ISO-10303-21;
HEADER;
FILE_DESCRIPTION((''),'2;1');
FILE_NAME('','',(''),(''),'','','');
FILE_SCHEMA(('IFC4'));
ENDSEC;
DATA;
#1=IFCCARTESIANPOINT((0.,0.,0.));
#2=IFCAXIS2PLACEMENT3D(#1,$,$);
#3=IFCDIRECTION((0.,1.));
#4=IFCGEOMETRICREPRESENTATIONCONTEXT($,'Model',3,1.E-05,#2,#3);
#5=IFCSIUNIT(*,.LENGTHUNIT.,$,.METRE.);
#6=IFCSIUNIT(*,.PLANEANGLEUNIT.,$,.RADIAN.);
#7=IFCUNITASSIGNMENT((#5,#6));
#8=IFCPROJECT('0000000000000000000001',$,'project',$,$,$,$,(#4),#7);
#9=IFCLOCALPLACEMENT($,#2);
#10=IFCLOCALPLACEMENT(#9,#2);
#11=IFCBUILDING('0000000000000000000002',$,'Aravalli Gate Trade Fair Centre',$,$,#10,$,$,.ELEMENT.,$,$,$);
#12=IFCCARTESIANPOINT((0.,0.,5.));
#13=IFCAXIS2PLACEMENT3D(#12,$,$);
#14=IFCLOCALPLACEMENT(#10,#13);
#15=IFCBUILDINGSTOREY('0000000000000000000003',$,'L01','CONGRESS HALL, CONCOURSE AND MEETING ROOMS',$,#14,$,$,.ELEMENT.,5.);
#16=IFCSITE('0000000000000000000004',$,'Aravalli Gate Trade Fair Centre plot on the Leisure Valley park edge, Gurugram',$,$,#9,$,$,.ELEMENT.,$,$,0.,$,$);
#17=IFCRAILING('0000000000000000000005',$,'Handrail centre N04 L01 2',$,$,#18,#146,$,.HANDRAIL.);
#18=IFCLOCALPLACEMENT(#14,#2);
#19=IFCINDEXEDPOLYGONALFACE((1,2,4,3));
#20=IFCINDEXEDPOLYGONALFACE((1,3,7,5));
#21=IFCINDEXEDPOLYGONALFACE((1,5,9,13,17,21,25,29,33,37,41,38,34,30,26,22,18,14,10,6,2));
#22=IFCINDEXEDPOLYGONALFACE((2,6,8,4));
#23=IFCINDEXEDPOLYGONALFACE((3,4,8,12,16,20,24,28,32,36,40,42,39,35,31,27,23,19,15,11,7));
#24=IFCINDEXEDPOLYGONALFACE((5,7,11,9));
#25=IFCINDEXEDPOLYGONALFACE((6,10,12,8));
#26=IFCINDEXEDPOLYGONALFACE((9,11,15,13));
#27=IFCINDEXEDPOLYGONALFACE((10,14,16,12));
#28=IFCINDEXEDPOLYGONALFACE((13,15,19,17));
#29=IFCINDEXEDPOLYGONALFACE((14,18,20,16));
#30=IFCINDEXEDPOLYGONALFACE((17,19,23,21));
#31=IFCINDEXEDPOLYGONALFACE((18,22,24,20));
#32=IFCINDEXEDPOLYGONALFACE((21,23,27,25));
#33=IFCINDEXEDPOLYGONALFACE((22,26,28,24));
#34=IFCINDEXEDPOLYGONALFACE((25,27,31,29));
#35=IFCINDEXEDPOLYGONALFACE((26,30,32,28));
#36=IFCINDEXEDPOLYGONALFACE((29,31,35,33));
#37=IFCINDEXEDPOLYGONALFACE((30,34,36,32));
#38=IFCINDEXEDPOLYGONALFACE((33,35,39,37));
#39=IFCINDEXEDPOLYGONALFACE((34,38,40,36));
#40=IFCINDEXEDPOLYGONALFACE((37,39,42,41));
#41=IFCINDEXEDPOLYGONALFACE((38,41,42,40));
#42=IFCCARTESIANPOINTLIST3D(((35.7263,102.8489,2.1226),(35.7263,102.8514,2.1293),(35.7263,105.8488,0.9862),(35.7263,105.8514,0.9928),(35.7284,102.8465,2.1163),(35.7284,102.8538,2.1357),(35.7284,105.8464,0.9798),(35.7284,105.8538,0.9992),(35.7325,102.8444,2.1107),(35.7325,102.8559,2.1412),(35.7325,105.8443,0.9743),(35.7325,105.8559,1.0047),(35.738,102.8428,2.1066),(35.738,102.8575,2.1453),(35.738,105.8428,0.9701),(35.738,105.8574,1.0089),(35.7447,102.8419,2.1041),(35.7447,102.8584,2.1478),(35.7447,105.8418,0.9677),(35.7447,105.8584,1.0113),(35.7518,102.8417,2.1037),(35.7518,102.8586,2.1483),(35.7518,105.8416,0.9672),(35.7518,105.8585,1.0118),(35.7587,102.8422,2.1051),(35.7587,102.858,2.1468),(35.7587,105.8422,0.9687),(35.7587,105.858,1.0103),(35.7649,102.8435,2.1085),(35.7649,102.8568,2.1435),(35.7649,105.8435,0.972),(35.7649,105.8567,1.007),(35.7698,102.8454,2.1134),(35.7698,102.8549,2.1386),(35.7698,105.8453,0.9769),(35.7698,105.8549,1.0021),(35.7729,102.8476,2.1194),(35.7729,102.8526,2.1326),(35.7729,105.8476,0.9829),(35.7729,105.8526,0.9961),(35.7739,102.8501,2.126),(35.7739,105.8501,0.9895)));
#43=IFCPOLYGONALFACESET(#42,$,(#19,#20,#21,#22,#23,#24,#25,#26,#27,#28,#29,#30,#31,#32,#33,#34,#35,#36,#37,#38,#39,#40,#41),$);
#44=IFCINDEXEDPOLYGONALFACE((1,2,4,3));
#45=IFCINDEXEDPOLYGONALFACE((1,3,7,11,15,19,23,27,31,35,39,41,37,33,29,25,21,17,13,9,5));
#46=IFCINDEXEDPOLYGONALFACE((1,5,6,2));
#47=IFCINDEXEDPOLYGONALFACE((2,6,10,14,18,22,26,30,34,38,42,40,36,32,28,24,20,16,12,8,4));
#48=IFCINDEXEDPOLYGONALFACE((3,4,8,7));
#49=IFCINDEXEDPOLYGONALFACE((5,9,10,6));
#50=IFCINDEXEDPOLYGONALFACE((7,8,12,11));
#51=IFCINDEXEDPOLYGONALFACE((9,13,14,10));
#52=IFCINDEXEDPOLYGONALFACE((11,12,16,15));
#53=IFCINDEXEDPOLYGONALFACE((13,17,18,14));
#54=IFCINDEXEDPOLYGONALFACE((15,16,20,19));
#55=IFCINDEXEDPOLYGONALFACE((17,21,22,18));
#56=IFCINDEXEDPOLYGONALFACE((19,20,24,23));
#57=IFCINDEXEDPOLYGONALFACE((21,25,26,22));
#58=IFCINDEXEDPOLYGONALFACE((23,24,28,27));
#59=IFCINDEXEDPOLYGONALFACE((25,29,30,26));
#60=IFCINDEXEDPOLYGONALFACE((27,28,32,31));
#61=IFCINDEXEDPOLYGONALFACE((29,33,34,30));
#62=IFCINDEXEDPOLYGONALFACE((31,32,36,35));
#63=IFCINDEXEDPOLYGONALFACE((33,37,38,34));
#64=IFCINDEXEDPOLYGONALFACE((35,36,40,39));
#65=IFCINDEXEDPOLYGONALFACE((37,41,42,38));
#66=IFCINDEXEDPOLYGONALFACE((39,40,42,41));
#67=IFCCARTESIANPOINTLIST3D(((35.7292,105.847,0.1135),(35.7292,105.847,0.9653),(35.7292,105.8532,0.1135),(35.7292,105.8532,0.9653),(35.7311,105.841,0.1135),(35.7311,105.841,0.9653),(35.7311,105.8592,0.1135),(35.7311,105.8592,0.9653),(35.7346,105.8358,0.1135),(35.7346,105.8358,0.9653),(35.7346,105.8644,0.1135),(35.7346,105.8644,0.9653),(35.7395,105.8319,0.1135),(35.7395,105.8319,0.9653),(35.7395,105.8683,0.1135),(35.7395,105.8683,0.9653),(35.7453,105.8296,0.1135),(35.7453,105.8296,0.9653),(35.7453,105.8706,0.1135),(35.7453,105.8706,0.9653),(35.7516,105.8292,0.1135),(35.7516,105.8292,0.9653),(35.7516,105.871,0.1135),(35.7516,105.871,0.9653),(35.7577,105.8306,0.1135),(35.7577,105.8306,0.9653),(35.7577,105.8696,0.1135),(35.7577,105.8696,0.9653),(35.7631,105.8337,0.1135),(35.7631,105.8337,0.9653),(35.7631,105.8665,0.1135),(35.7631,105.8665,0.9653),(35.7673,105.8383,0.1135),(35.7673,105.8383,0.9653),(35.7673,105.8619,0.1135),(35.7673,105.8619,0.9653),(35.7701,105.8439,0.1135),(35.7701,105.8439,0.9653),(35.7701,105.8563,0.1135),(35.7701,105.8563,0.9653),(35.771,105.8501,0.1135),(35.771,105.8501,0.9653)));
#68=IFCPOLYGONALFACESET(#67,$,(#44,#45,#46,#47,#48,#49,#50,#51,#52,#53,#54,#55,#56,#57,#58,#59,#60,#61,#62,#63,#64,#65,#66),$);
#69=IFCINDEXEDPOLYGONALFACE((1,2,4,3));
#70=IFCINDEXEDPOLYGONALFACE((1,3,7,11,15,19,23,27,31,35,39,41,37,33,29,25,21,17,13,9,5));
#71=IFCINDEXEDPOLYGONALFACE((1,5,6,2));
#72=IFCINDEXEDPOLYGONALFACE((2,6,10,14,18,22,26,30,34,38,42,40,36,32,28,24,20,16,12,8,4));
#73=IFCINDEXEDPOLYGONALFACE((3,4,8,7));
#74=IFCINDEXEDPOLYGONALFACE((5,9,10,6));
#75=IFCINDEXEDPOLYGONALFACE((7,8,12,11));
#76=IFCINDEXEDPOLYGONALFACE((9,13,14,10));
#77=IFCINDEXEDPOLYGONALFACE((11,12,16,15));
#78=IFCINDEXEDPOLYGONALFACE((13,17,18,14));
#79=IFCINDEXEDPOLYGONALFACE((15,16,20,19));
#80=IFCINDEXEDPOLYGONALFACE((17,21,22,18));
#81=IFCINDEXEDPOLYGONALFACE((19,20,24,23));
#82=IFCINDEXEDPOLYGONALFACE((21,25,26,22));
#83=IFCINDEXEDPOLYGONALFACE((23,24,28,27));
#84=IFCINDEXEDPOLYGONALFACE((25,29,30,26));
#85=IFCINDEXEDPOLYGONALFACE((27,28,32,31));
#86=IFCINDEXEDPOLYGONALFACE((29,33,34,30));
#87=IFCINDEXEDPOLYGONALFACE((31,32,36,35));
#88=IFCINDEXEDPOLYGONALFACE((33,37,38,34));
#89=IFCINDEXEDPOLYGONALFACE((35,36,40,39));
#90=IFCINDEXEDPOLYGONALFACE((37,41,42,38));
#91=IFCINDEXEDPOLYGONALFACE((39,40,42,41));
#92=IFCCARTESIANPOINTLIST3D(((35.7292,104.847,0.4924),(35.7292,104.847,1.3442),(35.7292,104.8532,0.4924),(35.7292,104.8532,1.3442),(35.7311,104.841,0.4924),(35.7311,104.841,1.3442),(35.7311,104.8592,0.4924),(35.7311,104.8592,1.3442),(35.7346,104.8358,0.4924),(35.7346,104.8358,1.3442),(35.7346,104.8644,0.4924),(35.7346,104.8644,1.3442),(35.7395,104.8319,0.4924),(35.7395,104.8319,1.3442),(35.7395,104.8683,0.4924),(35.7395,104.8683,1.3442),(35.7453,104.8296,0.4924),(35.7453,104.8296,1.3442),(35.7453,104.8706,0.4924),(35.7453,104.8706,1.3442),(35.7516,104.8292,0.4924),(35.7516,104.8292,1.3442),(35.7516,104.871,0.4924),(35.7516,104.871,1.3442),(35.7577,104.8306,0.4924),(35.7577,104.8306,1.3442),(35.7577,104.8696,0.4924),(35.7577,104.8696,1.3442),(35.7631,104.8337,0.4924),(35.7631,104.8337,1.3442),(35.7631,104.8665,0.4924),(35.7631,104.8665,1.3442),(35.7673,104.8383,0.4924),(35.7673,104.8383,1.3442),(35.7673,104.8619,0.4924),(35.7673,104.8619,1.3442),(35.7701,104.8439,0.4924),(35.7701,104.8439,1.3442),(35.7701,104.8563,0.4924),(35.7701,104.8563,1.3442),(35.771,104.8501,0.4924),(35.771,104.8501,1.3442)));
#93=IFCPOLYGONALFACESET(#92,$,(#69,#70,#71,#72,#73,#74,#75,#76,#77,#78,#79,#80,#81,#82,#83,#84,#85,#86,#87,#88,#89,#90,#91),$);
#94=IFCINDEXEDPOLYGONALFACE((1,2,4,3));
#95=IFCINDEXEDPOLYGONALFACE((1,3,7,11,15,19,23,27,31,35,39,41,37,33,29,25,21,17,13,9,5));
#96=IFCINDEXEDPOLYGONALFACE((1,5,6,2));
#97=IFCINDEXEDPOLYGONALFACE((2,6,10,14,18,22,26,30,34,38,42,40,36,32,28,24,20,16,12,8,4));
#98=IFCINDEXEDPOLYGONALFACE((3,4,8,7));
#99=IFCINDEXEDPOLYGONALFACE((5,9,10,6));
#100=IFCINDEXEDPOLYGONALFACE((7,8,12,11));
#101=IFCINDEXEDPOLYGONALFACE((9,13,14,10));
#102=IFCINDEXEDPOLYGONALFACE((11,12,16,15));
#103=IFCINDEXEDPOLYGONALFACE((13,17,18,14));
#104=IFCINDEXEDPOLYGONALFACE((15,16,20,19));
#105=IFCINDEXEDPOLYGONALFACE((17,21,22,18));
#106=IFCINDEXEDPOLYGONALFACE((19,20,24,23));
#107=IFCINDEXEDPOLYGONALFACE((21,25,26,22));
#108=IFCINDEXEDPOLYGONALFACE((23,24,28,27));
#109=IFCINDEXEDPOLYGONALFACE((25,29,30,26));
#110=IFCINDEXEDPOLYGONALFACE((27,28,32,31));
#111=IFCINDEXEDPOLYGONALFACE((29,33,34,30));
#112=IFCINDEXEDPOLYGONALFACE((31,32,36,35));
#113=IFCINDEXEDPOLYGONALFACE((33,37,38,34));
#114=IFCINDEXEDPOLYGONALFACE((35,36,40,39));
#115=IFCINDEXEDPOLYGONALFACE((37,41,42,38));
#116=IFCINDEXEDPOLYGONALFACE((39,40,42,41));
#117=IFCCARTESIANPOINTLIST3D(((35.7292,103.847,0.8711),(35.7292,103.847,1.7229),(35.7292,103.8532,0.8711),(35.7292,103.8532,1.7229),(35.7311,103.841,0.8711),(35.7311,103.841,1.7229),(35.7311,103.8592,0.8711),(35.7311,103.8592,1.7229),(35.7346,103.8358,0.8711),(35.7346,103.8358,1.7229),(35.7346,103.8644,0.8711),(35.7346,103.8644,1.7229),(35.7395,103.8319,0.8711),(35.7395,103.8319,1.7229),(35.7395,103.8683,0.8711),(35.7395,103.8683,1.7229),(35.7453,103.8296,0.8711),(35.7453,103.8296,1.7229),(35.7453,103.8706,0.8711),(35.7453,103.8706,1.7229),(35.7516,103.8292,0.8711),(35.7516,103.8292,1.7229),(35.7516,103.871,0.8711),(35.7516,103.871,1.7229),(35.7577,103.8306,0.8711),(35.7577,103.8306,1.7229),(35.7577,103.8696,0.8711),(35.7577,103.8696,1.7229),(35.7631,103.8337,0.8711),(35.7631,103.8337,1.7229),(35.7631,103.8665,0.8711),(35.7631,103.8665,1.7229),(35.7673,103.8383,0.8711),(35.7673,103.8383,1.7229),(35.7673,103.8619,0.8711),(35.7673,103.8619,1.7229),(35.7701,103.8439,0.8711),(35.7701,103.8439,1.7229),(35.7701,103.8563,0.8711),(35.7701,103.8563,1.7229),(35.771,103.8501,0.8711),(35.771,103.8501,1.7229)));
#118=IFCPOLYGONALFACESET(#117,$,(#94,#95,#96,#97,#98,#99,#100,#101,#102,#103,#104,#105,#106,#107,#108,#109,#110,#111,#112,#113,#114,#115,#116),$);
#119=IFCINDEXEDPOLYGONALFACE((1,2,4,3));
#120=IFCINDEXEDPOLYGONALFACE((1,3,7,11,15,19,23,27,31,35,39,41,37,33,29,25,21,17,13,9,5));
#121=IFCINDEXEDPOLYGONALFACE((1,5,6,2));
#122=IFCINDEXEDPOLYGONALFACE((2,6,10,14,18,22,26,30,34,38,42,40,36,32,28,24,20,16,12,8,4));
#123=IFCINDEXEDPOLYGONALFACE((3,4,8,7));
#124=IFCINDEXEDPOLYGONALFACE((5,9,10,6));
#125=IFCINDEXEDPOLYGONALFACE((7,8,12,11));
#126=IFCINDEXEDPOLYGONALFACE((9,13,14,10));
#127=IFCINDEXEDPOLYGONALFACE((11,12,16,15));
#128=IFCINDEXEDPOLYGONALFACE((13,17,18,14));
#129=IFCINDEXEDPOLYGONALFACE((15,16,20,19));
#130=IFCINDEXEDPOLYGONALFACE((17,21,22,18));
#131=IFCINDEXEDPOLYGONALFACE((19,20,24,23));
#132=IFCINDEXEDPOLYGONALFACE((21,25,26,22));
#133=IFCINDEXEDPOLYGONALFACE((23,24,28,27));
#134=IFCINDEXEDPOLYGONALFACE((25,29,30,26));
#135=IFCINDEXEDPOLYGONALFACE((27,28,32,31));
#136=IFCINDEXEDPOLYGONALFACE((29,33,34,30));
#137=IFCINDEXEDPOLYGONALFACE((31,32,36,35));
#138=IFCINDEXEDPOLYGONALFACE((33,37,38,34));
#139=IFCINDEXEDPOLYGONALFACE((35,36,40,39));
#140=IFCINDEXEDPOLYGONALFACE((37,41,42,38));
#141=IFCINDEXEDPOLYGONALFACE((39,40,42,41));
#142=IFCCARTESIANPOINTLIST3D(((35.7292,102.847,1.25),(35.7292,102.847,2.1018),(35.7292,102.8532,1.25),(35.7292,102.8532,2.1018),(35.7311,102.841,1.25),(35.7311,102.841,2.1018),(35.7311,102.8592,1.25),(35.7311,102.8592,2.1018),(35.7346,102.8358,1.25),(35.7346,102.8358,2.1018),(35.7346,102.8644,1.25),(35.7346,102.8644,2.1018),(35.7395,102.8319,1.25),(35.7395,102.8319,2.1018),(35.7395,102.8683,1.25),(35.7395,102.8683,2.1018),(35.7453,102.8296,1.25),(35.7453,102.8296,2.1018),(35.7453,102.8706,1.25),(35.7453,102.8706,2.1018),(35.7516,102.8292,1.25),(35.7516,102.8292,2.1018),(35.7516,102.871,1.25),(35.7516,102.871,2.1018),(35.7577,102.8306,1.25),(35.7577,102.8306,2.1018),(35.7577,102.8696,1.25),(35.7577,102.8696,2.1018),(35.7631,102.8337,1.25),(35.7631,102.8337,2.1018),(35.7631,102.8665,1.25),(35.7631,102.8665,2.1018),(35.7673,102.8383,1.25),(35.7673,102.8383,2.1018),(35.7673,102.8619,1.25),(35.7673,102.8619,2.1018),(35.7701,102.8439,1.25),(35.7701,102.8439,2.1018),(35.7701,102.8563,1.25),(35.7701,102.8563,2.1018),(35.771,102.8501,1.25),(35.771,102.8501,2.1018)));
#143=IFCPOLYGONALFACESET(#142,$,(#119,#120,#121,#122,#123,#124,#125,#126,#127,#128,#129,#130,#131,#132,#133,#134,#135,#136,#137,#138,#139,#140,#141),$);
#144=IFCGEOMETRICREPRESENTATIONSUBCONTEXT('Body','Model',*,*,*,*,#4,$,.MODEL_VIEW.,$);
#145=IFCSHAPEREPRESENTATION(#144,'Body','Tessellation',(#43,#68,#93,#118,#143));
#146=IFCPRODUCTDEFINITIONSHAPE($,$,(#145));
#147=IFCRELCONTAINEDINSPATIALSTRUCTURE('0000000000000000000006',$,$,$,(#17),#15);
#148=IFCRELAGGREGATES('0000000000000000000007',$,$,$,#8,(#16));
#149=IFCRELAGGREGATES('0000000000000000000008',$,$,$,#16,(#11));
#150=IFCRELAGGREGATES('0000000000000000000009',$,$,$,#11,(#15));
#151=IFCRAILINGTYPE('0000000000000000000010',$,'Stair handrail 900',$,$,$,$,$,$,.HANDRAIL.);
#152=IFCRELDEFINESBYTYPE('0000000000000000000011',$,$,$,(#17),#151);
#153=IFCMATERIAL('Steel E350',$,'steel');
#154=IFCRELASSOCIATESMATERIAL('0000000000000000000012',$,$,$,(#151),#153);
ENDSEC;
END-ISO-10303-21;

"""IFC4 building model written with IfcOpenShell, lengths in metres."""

from ifc_helpers import new_model, si_unit, direction, frame, origin, origin_2d, place, context, subcontext, project, spatial, circle, extrude, material, type_object, element, save


model = new_model("IFC4")

# Units and contexts
model_context = context("Model", 3, precision=1e-05, world=origin(), true_north=direction((0.0, 1.0)))
body_context = subcontext(model_context, "Body", "Model", "MODEL_VIEW")
ifc_project = project(units=[si_unit("LENGTHUNIT", "METRE"), si_unit("PLANEANGLEUNIT", "RADIAN")], contexts=[model_context])

# Site, building, storey
site_placement = place(None, origin())
site = spatial("IfcSite", under=ifc_project, at=site_placement, Name="Aravalli Gate Trade Fair Centre plot on the Leisure Valley park edge, Gurugram", CompositionType="ELEMENT", RefElevation=0.0)
building_placement = place(site_placement, origin())
building = spatial("IfcBuilding", under=site, at=building_placement, Name="Aravalli Gate Trade Fair Centre", CompositionType="ELEMENT")
storey_placement = place(building_placement, frame((0.0, 0.0, 5.0)))
storey = spatial("IfcBuildingStorey", under=building, at=storey_placement, Name="L01", Description="CONGRESS HALL, CONCOURSE AND MEETING ROOMS", CompositionType="ELEMENT", Elevation=5.0)

# Shared definitions
ifc_material_1 = material(Name="Steel E350", Category="steel")

# Railing
railing_type_1 = type_object("IfcRailingType", Name="Stair handrail 900", PredefinedType="HANDRAIL", material=ifc_material_1)
for number, where, name in (
    (1, (35.75, 105.8501, 0.1135), "Handrail centre N04 L01 2"),
):
    element("IfcRailing", number, at=place(storey_placement, frame(where)), inside=storey, type_object=railing_type_1, Name=name, PredefinedType="HANDRAIL", context=body_context, shape_type="SweptSolid", body=[
        extrude(circle(Radius=0.0239, at=origin_2d()), frame((0.0, 0.0, 0.876), z_axis=(0.0, -0.935148, 0.354257), x_axis=(1.0, 0.0, 0.0)), (0.0, 0.0, 1.0), 3.208),
        extrude(circle(Radius=0.021, at=origin_2d()), origin(), (0.0, 0.0, 1.0), 0.8518),
        extrude(circle(Radius=0.021, at=origin_2d()), frame((0.0, -1.0, 0.3789)), (0.0, 0.0, 1.0), 0.8518),
        extrude(circle(Radius=0.021, at=origin_2d()), frame((0.0, -2.0, 0.7576)), (0.0, 0.0, 1.0), 0.8518),
        extrude(circle(Radius=0.021, at=origin_2d()), frame((0.0, -3.0, 1.1365)), (0.0, 0.0, 1.0), 0.8518),
    ])

save(model, "model.ifc")
